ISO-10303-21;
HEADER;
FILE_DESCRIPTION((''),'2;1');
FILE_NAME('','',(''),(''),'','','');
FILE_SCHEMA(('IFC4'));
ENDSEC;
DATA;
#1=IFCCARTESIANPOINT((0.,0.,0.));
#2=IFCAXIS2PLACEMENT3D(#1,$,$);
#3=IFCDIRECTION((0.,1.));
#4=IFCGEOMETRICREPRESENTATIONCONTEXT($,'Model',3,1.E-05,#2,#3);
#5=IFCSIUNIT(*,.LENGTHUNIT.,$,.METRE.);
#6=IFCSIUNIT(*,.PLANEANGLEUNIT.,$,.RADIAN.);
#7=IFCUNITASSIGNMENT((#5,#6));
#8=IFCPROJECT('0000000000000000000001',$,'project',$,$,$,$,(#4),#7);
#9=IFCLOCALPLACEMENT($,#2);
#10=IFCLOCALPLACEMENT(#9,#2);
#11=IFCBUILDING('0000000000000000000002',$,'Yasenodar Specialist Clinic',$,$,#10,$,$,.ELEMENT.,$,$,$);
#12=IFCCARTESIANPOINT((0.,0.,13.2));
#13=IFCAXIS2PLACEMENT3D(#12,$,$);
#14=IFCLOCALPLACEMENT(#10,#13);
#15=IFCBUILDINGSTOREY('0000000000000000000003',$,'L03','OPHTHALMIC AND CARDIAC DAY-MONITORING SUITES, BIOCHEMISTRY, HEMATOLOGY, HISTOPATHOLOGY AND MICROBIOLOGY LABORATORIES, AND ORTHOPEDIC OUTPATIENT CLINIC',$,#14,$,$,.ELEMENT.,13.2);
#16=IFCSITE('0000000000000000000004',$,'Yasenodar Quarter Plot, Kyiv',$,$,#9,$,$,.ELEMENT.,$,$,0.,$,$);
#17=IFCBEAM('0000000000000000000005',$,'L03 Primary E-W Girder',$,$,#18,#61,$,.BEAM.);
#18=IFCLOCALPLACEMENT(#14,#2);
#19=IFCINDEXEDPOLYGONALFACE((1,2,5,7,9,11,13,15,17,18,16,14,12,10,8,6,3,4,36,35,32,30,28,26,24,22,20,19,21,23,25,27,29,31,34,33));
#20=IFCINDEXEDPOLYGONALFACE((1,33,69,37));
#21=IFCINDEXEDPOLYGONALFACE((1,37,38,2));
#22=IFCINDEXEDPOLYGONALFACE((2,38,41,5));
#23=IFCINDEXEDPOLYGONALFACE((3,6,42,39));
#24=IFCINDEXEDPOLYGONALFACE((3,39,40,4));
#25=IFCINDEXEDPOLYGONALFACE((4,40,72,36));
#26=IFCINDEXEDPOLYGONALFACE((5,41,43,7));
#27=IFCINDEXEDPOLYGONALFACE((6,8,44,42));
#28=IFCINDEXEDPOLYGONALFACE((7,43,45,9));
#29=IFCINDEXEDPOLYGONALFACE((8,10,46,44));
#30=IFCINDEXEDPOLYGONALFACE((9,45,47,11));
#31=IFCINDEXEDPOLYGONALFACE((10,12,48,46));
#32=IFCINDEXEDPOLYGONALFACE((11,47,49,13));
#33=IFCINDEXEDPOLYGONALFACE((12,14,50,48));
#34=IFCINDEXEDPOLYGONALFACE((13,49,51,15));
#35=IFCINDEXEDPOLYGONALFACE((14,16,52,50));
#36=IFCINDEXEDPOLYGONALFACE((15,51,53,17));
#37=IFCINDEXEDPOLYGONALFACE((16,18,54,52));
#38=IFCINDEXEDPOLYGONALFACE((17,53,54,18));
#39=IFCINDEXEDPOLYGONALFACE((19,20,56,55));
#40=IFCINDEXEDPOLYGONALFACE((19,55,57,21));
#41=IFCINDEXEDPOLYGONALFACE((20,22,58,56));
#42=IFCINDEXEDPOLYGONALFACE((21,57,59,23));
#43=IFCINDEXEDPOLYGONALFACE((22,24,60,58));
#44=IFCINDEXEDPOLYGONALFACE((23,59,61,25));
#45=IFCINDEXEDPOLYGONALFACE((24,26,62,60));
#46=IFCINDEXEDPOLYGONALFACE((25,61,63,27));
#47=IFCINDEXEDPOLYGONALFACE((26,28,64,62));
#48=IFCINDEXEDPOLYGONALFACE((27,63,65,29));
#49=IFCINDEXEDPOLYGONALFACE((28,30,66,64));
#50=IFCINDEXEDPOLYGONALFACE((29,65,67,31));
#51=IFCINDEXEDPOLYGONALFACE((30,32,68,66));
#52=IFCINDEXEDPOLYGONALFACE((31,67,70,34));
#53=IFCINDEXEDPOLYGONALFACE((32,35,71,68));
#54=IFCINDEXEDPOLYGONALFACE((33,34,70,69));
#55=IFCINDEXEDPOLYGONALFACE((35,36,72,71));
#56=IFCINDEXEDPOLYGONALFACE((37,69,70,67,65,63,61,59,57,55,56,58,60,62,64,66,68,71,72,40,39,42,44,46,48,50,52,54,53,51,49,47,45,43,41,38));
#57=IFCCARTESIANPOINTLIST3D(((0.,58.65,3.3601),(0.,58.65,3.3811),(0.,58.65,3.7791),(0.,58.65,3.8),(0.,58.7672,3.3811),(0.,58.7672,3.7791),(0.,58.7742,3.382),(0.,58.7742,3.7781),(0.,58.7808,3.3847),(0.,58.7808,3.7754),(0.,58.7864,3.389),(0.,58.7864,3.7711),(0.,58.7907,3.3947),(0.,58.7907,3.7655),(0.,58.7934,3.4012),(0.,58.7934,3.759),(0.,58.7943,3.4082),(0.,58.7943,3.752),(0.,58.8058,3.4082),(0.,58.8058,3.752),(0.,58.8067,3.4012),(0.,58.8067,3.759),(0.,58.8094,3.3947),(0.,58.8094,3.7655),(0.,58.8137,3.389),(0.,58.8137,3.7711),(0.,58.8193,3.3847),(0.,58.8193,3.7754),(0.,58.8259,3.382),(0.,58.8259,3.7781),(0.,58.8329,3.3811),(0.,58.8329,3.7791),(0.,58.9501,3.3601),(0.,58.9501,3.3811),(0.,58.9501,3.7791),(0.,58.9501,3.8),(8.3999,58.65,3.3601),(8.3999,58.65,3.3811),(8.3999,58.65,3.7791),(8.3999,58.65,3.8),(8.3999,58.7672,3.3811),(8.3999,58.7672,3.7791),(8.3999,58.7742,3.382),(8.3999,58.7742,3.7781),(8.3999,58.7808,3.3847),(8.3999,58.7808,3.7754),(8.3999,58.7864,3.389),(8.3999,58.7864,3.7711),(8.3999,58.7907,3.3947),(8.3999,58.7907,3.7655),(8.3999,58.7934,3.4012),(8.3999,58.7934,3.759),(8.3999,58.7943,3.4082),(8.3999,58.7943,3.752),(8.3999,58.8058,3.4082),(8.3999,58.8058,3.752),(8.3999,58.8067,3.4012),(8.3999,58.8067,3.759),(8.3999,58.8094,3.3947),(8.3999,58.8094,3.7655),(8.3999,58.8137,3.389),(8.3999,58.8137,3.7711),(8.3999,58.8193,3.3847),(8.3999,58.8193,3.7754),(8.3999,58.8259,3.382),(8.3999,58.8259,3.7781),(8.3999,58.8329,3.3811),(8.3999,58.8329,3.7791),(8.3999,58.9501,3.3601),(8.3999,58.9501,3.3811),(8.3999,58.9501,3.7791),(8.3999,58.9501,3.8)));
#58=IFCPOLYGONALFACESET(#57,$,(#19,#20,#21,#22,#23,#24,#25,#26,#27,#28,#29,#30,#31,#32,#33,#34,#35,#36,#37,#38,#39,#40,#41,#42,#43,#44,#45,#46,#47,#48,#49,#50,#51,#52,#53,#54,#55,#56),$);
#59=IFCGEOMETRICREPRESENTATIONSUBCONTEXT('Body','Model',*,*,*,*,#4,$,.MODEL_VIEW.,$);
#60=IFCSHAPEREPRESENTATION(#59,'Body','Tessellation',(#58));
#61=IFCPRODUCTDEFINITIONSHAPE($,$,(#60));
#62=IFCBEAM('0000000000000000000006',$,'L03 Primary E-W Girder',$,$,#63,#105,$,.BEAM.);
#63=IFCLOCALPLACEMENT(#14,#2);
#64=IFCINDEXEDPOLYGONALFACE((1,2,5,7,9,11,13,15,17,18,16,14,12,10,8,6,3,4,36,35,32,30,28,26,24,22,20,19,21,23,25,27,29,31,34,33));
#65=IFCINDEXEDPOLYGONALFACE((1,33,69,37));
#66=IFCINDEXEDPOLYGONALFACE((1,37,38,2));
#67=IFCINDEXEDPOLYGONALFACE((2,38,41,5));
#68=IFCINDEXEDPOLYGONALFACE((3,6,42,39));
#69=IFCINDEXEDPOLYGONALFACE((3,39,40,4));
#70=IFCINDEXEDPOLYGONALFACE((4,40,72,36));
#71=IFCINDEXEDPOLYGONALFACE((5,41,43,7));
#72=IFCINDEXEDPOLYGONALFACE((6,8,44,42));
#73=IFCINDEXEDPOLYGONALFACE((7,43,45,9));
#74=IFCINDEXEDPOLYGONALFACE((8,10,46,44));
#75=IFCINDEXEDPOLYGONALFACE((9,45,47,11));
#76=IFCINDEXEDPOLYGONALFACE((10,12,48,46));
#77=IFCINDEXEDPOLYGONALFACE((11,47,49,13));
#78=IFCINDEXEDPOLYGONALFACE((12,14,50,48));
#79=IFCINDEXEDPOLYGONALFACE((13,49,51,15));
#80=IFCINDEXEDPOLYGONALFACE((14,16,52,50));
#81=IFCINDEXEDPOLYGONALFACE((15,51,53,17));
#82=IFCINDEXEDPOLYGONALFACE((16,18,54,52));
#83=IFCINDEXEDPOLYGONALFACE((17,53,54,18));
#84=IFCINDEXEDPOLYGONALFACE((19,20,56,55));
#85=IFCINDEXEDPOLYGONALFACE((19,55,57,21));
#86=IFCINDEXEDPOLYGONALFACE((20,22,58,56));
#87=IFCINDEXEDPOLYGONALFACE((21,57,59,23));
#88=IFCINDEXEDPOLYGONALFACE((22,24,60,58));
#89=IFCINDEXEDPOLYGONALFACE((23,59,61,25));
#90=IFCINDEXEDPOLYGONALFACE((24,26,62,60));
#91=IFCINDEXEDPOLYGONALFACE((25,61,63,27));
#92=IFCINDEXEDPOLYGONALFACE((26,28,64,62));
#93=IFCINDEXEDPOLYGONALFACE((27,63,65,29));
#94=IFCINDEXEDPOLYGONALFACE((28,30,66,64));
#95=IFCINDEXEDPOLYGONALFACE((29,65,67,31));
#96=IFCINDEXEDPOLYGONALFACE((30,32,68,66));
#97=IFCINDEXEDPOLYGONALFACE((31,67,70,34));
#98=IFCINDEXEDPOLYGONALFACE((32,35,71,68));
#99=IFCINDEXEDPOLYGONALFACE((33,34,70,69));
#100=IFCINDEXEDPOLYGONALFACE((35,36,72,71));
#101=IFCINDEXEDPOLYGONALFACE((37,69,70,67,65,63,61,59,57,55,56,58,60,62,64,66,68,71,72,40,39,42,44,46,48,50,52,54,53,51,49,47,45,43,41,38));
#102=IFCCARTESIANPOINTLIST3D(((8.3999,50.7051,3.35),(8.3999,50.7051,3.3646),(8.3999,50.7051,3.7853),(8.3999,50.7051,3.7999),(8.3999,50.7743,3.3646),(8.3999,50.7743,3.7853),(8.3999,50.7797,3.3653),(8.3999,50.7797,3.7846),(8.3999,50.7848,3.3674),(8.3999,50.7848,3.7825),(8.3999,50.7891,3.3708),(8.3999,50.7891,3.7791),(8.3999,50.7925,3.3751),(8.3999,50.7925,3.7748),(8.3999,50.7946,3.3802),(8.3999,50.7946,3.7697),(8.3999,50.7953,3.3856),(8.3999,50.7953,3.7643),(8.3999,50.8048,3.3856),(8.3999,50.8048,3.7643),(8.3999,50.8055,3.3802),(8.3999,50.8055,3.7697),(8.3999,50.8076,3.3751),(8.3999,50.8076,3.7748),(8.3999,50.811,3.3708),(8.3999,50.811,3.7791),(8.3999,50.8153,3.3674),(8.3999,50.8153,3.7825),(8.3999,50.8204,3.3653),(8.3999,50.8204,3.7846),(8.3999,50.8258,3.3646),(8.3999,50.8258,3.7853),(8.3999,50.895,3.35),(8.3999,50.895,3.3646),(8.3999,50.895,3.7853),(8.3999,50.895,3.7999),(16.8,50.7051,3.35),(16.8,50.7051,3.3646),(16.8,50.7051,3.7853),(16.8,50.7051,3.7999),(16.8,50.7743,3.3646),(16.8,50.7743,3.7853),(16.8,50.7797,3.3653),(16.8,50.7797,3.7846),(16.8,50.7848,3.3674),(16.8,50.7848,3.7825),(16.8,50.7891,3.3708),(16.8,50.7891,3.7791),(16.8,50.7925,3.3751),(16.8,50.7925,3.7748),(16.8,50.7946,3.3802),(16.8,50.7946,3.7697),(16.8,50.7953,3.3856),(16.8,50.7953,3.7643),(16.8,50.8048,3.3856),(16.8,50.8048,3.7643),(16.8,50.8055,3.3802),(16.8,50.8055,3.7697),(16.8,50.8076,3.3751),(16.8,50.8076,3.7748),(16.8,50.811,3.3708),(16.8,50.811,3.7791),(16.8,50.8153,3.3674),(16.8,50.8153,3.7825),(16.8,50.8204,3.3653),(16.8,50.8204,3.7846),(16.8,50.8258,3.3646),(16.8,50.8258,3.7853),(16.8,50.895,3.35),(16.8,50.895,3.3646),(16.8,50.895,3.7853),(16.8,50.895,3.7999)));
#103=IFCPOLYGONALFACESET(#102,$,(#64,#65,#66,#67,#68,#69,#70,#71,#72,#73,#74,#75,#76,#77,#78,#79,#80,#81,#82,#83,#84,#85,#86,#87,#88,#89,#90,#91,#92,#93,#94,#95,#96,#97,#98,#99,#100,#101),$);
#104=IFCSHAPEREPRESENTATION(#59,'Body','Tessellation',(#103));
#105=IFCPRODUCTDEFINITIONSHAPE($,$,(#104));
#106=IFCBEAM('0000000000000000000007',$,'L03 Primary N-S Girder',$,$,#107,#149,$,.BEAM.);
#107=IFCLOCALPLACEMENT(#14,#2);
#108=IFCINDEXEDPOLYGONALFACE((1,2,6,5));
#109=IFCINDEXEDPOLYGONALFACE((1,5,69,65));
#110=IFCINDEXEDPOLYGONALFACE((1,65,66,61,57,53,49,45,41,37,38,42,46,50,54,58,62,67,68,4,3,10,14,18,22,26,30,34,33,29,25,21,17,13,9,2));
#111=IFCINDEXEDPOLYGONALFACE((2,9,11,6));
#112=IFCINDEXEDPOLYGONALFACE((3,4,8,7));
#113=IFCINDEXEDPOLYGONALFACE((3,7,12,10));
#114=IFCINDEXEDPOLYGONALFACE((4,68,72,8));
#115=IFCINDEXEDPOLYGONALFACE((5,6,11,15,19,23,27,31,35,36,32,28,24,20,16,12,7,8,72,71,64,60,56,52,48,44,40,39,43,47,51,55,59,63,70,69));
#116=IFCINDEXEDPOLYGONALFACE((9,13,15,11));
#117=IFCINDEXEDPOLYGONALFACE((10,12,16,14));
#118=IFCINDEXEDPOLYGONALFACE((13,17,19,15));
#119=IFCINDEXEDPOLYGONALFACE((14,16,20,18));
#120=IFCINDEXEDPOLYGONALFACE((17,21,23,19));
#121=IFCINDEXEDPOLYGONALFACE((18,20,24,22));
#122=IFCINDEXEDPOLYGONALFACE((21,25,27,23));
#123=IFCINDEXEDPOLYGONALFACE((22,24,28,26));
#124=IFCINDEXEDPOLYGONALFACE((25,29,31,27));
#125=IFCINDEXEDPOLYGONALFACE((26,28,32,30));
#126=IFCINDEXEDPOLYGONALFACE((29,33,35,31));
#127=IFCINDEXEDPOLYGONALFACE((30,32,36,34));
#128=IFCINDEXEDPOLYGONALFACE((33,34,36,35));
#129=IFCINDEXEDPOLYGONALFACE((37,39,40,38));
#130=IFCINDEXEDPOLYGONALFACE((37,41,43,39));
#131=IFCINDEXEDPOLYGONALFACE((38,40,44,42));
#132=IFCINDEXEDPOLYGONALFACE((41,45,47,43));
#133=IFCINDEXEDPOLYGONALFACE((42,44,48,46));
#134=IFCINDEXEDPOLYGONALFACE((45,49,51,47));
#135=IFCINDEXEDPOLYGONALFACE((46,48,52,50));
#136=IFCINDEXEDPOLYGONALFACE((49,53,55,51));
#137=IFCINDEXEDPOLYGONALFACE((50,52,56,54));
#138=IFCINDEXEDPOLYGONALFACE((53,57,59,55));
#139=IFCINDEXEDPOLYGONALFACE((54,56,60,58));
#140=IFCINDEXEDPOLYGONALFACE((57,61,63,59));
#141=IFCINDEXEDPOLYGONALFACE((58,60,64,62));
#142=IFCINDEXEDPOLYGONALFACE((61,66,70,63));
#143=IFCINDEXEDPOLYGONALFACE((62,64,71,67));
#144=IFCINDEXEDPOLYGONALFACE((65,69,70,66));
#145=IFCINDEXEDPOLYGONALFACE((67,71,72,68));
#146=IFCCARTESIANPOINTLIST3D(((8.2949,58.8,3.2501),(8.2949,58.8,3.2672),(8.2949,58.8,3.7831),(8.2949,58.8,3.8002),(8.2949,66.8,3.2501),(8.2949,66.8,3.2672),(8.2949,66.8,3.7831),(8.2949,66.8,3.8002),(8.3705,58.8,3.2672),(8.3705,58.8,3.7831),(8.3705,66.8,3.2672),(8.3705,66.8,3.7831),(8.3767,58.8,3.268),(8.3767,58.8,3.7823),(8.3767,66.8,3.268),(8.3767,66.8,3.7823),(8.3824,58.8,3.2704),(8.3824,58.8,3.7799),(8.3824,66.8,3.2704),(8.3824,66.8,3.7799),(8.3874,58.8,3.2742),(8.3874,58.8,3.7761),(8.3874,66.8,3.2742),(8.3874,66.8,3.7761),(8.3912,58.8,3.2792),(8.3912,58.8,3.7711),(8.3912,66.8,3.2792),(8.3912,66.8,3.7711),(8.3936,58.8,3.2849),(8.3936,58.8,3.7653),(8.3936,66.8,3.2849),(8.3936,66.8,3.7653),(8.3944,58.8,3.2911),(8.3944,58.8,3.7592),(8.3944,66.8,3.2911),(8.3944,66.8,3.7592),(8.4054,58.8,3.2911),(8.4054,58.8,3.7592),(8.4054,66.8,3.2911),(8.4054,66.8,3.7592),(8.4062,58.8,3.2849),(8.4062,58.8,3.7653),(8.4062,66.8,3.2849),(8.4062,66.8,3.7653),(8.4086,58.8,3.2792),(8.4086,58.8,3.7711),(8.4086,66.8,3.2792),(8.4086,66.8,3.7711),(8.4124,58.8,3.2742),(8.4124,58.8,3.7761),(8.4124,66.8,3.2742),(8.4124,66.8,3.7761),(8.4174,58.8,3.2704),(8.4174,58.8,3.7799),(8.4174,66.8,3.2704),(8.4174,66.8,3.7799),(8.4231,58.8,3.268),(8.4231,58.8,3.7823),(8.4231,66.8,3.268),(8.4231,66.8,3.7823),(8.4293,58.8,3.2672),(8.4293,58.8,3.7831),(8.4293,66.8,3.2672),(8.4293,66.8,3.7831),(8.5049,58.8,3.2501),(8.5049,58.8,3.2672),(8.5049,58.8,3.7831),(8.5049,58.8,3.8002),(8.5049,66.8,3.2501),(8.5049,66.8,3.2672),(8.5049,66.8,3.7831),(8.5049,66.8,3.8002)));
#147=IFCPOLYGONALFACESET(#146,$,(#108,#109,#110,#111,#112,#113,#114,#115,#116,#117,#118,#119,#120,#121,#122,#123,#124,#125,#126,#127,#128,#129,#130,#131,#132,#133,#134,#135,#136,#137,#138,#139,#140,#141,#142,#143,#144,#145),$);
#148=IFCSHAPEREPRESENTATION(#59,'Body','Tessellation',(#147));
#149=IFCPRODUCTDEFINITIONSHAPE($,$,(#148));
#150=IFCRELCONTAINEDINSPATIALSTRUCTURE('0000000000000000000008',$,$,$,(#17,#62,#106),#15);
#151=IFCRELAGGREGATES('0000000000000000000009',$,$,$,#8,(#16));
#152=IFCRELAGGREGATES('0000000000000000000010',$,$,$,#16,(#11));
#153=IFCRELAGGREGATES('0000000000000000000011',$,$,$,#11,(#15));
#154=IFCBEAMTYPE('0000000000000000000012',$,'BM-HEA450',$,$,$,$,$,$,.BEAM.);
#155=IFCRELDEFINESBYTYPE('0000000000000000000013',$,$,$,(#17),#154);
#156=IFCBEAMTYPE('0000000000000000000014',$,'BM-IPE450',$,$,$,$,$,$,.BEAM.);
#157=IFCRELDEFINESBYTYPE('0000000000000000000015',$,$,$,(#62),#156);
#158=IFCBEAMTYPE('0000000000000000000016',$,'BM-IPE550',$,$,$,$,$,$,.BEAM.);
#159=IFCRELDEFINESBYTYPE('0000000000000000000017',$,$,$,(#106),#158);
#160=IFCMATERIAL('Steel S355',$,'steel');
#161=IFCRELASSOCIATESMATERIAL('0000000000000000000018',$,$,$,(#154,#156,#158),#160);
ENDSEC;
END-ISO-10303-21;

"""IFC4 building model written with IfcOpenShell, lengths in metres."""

from ifc_helpers import new_model, si_unit, direction, frame, origin, origin_2d, place, context, subcontext, project, spatial, i_section, extrude, material, material_profile, profile_set, type_object, element, save


model = new_model("IFC4")

# Units and contexts
model_context = context("Model", 3, precision=1e-05, world=origin(), true_north=direction((0.0, 1.0)))
body_context = subcontext(model_context, "Body", "Model", "MODEL_VIEW")
ifc_project = project(units=[si_unit("LENGTHUNIT", "METRE"), si_unit("PLANEANGLEUNIT", "RADIAN")], contexts=[model_context])

# Site, building, storey
site_placement = place(None, origin())
site = spatial("IfcSite", under=ifc_project, at=site_placement, Name="Yasenodar Quarter Plot, Kyiv", CompositionType="ELEMENT", RefElevation=0.0)
building_placement = place(site_placement, origin())
building = spatial("IfcBuilding", under=site, at=building_placement, Name="Yasenodar Specialist Clinic", CompositionType="ELEMENT")
storey_placement = place(building_placement, frame((0.0, 0.0, 13.2)))
storey = spatial("IfcBuildingStorey", under=building, at=storey_placement, Name="L03", Description="OPHTHALMIC AND CARDIAC DAY-MONITORING SUITES, BIOCHEMISTRY, HEMATOLOGY, HISTOPATHOLOGY AND MICROBIOLOGY LABORATORIES, AND ORTHOPEDIC OUTPATIENT CLINIC", CompositionType="ELEMENT", Elevation=13.2)

# Shared definitions
ifc_material_1 = material(Name="Steel S355", Category="steel")

# Beams
ifc_material_profile_1 = material_profile(ifc_material_1, i_section(OverallWidth=0.3, OverallDepth=0.4399, WebThickness=0.0115, FlangeThickness=0.021, FilletRadius=0.0271, at=origin_2d()), Name="HEA 450")
ifc_profile_set_1 = profile_set([ifc_material_profile_1], Name="Steel S355")
beam_type_1 = type_object("IfcBeamType", Name="BM-HEA450", PredefinedType="BEAM", material=ifc_profile_set_1)
beam_1_placement = place(storey_placement, frame((0.0, 58.8, 3.5801), z_axis=(1.0, 0.0, 0.0), x_axis=(0.0, 1.0, 0.0)))
element("IfcBeam", 1, at=beam_1_placement, inside=storey, type_object=beam_type_1, Name="L03 Primary E-W Girder", PredefinedType="BEAM", context=body_context, shape_type="SweptSolid", body=[
    extrude(i_section(OverallWidth=0.3, OverallDepth=0.4399, WebThickness=0.0115, FlangeThickness=0.021, FilletRadius=0.0271, at=origin_2d()), origin(), (0.0, 0.0, 1.0), 8.3999),
])
ifc_material_profile_2 = material_profile(ifc_material_1, i_section(OverallWidth=0.1899, OverallDepth=0.45, WebThickness=0.0095, FlangeThickness=0.0146, FilletRadius=0.021, at=origin_2d()), Name="IPE 450")
ifc_profile_set_2 = profile_set([ifc_material_profile_2], Name="Steel S355")
beam_type_2 = type_object("IfcBeamType", Name="BM-IPE450", PredefinedType="BEAM", material=ifc_profile_set_2)
beam_2_placement = place(storey_placement, frame((8.3999, 50.8, 3.575), z_axis=(1.0, 0.0, 0.0), x_axis=(0.0, 1.0, 0.0)))
element("IfcBeam", 2, at=beam_2_placement, inside=storey, type_object=beam_type_2, Name="L03 Primary E-W Girder", PredefinedType="BEAM", context=body_context, shape_type="SweptSolid", body=[
    extrude(i_section(OverallWidth=0.1899, OverallDepth=0.45, WebThickness=0.0095, FlangeThickness=0.0146, FilletRadius=0.021, at=origin_2d()), origin(), (0.0, 0.0, 1.0), 8.4001),
])
ifc_material_profile_3 = material_profile(ifc_material_1, i_section(OverallWidth=0.21, OverallDepth=0.55, WebThickness=0.011, FlangeThickness=0.0171, FilletRadius=0.0239, at=origin_2d()), Name="IPE 550")
ifc_profile_set_3 = profile_set([ifc_material_profile_3], Name="Steel S355")
beam_type_3 = type_object("IfcBeamType", Name="BM-IPE550", PredefinedType="BEAM", material=ifc_profile_set_3)
beam_3_placement = place(storey_placement, frame((8.3999, 58.8, 3.5251), z_axis=(0.0, 1.0, 0.0), x_axis=(-1.0, 0.0, 0.0)))
element("IfcBeam", 3, at=beam_3_placement, inside=storey, type_object=beam_type_3, Name="L03 Primary N-S Girder", PredefinedType="BEAM", context=body_context, shape_type="SweptSolid", body=[
    extrude(i_section(OverallWidth=0.21, OverallDepth=0.55, WebThickness=0.011, FlangeThickness=0.0171, FilletRadius=0.0239, at=origin_2d()), origin(), (0.0, 0.0, 1.0), 8.0),
])

save(model, "model.ifc")
